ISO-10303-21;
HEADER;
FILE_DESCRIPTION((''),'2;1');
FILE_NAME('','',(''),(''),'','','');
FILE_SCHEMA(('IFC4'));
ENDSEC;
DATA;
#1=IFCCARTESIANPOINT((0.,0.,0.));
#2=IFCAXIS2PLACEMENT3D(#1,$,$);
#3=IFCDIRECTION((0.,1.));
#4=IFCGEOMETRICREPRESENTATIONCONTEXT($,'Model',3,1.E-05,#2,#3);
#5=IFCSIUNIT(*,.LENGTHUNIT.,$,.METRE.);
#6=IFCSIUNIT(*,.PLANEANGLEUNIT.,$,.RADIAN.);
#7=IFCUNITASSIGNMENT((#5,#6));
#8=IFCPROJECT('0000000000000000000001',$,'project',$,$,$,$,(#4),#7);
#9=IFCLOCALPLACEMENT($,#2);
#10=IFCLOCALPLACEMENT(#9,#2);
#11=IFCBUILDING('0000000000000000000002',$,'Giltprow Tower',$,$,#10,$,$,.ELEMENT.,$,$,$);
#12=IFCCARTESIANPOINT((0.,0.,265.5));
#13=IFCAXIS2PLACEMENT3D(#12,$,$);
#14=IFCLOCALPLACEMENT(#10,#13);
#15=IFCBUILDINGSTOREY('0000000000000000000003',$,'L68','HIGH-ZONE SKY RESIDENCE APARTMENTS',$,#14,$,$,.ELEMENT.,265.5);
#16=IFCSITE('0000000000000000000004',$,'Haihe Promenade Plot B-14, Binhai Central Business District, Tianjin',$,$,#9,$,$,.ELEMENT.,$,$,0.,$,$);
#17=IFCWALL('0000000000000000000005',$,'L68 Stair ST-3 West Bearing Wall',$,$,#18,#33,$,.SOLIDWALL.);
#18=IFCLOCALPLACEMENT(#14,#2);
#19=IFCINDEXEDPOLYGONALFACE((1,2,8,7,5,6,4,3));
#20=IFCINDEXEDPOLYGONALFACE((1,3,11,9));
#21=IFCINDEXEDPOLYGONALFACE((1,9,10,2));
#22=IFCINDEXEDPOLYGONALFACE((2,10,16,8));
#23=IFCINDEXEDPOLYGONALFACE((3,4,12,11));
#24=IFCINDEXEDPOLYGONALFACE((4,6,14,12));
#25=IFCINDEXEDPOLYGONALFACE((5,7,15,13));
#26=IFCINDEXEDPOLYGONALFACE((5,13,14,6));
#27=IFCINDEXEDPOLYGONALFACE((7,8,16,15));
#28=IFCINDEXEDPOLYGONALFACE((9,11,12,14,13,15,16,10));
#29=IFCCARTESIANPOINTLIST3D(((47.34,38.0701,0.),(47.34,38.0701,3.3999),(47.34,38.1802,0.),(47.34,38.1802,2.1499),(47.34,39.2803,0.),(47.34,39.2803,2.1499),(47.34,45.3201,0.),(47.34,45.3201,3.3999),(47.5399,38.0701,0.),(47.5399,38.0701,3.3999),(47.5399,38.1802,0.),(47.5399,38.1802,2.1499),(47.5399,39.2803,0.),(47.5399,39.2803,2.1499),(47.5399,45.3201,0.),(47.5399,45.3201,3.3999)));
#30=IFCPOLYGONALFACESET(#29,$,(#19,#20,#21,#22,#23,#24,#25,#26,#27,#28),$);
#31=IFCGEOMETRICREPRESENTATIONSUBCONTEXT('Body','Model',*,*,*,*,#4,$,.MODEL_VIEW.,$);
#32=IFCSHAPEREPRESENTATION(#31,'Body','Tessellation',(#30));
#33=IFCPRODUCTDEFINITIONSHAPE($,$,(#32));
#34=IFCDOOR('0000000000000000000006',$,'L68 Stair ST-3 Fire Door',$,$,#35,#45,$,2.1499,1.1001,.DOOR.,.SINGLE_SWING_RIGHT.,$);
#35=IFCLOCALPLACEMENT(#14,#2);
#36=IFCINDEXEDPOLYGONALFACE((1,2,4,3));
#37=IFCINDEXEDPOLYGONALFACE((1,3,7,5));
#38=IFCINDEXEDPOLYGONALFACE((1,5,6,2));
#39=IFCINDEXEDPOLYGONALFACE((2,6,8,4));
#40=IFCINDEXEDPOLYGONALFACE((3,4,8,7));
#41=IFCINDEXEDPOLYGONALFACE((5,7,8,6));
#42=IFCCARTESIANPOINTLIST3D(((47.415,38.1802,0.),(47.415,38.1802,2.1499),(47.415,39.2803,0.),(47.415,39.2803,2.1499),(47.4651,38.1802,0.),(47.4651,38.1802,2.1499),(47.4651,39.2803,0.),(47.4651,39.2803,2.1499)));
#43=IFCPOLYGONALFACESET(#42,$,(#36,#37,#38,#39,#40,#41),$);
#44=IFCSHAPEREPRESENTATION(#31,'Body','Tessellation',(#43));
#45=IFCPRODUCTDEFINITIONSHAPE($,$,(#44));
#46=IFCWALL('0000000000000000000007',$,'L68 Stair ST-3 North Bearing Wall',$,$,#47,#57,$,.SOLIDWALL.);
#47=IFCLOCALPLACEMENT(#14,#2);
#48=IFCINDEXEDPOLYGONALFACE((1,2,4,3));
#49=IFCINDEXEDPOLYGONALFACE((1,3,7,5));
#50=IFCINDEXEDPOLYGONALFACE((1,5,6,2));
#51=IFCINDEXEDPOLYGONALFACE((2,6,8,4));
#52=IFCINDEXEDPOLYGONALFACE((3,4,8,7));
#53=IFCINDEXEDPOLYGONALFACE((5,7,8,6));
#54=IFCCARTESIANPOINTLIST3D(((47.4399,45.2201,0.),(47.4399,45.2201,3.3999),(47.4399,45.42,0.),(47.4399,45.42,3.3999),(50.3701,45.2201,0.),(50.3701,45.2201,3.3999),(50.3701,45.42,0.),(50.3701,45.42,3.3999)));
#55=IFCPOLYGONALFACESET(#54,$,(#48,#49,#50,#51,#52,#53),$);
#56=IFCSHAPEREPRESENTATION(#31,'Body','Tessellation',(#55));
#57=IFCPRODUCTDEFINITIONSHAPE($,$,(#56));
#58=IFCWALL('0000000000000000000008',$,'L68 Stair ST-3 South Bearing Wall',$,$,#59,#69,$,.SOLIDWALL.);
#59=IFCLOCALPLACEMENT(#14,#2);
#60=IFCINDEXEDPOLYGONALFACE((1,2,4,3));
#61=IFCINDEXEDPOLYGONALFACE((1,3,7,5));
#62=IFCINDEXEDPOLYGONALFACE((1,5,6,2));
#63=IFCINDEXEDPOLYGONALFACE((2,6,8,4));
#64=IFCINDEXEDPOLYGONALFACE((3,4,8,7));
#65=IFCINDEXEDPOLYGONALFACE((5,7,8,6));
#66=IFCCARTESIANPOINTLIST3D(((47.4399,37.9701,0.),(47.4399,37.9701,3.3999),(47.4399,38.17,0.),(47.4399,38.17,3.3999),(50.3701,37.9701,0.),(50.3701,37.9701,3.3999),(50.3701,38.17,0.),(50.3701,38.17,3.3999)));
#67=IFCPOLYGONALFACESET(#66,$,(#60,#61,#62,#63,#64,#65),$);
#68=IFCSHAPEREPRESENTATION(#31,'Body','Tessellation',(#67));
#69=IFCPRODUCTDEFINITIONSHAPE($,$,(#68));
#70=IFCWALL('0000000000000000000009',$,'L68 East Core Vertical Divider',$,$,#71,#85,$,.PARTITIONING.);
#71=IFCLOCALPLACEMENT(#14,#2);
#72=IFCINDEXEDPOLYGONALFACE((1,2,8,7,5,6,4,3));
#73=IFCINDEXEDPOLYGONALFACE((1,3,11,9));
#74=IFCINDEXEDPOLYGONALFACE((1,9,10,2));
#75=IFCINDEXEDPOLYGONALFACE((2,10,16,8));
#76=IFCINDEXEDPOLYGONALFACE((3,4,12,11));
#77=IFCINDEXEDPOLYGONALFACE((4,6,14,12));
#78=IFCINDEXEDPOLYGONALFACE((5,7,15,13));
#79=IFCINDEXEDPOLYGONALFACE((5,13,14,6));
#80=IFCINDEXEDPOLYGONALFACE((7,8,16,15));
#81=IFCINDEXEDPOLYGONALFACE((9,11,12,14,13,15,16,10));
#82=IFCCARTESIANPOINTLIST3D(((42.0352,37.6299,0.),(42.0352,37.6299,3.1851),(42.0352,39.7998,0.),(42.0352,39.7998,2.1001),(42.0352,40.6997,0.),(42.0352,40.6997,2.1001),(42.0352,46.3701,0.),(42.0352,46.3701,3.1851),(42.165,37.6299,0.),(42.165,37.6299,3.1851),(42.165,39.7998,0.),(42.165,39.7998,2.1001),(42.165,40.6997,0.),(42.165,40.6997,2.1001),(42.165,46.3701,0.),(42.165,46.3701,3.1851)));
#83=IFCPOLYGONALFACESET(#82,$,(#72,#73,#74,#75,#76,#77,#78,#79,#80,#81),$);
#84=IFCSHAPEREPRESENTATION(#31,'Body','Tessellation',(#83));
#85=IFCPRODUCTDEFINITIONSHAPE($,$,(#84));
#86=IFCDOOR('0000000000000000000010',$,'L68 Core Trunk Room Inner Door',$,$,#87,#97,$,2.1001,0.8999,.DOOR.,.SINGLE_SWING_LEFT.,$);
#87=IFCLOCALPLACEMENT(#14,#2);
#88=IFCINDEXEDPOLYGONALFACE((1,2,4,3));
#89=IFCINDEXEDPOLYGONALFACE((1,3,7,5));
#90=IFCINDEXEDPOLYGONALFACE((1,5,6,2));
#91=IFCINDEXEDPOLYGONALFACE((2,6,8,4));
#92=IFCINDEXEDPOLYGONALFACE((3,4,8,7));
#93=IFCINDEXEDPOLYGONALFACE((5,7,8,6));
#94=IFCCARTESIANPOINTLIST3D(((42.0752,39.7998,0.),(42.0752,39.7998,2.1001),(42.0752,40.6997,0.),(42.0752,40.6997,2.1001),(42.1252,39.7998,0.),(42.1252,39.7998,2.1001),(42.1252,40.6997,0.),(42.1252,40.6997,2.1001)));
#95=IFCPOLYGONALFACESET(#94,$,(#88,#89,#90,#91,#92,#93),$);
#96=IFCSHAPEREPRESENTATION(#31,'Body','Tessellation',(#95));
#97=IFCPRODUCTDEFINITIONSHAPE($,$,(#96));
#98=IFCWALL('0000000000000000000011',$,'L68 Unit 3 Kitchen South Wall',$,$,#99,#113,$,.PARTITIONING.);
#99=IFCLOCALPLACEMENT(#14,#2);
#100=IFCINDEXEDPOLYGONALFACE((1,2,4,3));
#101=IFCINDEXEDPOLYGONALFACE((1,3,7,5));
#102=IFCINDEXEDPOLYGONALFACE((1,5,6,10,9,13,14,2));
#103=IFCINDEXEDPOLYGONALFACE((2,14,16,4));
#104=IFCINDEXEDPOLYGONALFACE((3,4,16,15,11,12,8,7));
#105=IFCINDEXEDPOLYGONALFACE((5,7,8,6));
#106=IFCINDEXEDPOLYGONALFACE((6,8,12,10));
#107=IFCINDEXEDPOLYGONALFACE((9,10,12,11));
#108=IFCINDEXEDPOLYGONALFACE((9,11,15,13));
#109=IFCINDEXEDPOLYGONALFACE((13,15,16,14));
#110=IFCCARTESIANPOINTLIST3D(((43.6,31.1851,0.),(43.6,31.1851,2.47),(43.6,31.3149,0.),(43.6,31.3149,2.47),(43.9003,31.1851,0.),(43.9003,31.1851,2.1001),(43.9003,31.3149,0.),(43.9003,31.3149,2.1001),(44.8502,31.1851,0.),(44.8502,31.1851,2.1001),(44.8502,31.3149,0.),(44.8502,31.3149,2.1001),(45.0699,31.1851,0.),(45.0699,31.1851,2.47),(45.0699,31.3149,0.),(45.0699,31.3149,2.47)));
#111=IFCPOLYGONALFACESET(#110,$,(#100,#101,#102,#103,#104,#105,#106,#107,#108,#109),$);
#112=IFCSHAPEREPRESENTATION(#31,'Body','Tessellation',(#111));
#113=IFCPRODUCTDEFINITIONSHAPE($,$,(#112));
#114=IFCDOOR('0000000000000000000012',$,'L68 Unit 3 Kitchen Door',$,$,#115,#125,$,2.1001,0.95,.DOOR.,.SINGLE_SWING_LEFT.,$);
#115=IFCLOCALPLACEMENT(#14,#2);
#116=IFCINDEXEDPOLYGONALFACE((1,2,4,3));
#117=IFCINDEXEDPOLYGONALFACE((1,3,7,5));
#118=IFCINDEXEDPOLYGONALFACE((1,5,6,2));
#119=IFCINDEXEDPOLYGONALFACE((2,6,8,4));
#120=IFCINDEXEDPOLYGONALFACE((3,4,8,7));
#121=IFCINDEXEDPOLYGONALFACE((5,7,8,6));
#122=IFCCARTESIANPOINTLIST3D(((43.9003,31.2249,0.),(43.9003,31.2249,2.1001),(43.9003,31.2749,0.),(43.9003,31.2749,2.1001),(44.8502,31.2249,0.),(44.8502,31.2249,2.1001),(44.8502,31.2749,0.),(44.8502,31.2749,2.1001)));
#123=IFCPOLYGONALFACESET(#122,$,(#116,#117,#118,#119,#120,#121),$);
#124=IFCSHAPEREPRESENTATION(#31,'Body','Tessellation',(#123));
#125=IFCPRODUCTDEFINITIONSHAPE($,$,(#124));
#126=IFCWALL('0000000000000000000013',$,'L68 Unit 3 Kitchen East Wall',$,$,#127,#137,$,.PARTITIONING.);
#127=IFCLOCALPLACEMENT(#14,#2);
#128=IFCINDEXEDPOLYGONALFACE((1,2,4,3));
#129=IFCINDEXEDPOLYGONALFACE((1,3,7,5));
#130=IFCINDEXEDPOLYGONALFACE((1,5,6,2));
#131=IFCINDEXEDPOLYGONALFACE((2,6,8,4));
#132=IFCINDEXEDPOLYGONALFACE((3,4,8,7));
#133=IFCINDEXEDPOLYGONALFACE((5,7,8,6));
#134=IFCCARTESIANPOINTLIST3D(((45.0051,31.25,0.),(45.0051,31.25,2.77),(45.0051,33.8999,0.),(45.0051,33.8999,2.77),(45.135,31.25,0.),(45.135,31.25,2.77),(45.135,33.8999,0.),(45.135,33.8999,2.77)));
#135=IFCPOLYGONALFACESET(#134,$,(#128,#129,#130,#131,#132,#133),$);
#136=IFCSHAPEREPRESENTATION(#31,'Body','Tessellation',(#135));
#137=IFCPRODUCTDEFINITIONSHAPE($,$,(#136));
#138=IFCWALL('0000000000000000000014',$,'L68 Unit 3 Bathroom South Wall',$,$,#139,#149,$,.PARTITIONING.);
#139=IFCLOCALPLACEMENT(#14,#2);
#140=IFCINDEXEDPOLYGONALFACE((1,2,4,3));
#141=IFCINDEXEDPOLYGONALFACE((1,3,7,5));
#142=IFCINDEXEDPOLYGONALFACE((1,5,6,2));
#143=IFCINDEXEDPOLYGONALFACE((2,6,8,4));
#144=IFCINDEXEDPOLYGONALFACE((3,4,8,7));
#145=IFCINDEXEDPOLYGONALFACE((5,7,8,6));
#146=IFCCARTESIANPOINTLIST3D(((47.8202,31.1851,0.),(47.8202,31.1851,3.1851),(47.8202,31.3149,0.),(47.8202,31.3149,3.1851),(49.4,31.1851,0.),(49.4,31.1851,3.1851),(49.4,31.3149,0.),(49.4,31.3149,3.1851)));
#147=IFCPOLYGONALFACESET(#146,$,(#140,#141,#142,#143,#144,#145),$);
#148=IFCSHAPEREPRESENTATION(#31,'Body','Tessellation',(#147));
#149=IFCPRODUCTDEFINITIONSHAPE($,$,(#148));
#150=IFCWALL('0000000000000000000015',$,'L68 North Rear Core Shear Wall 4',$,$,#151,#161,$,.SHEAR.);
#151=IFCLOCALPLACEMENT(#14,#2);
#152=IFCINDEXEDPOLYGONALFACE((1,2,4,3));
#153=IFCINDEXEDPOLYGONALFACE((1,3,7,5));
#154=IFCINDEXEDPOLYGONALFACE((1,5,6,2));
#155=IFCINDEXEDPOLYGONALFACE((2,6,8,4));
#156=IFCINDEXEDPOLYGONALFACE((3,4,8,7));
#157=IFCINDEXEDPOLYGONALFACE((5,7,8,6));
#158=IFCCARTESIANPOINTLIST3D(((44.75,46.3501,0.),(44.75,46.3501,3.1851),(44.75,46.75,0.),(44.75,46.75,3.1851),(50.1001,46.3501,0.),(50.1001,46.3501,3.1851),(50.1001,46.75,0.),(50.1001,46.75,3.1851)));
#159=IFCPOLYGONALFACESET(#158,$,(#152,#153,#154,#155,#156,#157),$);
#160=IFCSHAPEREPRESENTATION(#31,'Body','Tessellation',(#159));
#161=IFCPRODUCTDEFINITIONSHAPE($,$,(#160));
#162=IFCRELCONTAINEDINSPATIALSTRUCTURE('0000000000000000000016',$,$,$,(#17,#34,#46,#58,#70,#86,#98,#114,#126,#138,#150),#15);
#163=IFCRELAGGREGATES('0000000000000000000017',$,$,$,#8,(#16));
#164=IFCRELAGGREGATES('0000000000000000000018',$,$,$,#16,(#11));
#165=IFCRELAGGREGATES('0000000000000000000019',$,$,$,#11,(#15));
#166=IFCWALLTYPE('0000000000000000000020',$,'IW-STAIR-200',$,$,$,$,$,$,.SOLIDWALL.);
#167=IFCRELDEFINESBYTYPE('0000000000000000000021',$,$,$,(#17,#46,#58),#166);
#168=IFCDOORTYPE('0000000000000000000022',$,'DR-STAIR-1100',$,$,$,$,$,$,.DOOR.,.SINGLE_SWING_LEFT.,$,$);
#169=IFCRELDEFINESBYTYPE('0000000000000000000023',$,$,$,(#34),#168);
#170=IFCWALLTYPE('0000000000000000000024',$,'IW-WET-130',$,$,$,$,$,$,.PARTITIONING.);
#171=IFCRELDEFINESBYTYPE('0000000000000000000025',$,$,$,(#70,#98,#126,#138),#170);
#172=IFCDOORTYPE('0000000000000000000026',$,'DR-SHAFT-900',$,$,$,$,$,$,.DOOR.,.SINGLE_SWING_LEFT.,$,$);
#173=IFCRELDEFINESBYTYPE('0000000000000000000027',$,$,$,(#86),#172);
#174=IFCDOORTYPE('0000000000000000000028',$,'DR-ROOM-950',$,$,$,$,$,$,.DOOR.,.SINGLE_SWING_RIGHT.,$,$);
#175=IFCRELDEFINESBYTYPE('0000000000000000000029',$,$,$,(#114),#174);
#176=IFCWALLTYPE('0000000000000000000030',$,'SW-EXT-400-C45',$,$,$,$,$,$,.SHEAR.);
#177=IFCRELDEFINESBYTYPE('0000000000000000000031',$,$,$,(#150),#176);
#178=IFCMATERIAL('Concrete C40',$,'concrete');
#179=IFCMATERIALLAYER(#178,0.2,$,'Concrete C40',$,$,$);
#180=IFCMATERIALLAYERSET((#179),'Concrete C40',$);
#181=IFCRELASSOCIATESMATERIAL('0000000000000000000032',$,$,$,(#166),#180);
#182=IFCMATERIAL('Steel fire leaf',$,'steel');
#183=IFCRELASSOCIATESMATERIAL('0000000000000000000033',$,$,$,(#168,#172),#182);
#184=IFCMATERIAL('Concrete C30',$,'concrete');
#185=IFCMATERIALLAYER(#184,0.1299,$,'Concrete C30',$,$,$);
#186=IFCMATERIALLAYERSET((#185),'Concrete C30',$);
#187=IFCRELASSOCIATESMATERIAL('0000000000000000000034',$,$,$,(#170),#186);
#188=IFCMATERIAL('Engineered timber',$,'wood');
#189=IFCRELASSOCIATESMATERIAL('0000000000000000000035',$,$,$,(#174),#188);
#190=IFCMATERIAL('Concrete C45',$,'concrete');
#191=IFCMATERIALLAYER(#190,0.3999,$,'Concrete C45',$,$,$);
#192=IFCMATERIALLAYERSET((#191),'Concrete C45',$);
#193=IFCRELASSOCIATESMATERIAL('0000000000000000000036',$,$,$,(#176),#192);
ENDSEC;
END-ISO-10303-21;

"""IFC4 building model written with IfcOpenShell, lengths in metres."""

from ifc_helpers import new_model, si_unit, direction, frame, frame_2d, origin, place, context, subcontext, project, spatial, rectangle, extrude, source, transform, mapped, material, layer, layer_set, type_object, element, fill, save


model = new_model("IFC4")

# Units and contexts
model_context = context("Model", 3, precision=1e-05, world=origin(), true_north=direction((0.0, 1.0)))
body_context = subcontext(model_context, "Body", "Model", "MODEL_VIEW")
ifc_project = project(units=[si_unit("LENGTHUNIT", "METRE"), si_unit("PLANEANGLEUNIT", "RADIAN")], contexts=[model_context])

# Site, building, storey
site_placement = place(None, origin())
site = spatial("IfcSite", under=ifc_project, at=site_placement, Name="Haihe Promenade Plot B-14, Binhai Central Business District, Tianjin", CompositionType="ELEMENT", RefElevation=0.0)
building_placement = place(site_placement, origin())
building = spatial("IfcBuilding", under=site, at=building_placement, Name="Giltprow Tower", CompositionType="ELEMENT")
storey_placement = place(building_placement, frame((0.0, 0.0, 265.5)))
storey = spatial("IfcBuildingStorey", under=building, at=storey_placement, Name="L68", Description="HIGH-ZONE SKY RESIDENCE APARTMENTS", CompositionType="ELEMENT", Elevation=265.5)

# Shared definitions
ifc_material_1 = material(Name="Concrete C45", Category="concrete")

# Shared definitions
ifc_material_2 = material(Name="Concrete C40", Category="concrete")

# Wall, opening, door
ifc_layer_1 = layer(ifc_material_2, 0.2, Name="Concrete C40")
ifc_layer_set_1 = layer_set([ifc_layer_1], Name="Concrete C40")
wall_type_1 = type_object("IfcWallType", Name="IW-STAIR-200", PredefinedType="SOLIDWALL", material=ifc_layer_set_1)
wall_1_placement = place(storey_placement, frame((47.4399, 38.0701, 0.0), z_axis=(0.0, 0.0, 1.0), x_axis=(0.0, 1.0, 0.0)))
wall_1 = element("IfcWall", 1, at=wall_1_placement, inside=storey, type_object=wall_type_1, Name="L68 Stair ST-3 West Bearing Wall", PredefinedType="SOLIDWALL", context=body_context, shape_type="SweptSolid", body=[
    extrude(rectangle(XDim=7.25, YDim=0.2, at=frame_2d((3.625, 0.0))), origin(), (0.0, 0.0, 1.0), 3.3999),
])
opening_1_placement = place(wall_1_placement, frame((0.1101, 0.0, 0.0)))
opening_1 = element("IfcOpeningElement", 2, at=opening_1_placement, cuts=wall_1, PredefinedType="OPENING", context=body_context, shape_type="SweptSolid", body=[
    extrude(rectangle(XDim=1.1001, YDim=2.1499, at=frame_2d((0.55, 1.075))), frame((0.0, 0.1099, 0.0), z_axis=(0.0, -1.0, 0.0), x_axis=(1.0, 0.0, 0.0)), (0.0, 0.0, 1.0), 0.22),
])
ifc_material_3 = material(Name="Steel fire leaf", Category="steel")
door_type_1 = type_object("IfcDoorType", Name="DR-STAIR-1100", OperationType="SINGLE_SWING_LEFT", PredefinedType="DOOR", material=ifc_material_3)
shared_shape_1 = source(origin(), body_context, "Body", "SweptSolid", [
    extrude(rectangle(XDim=1.1001, YDim=2.1499, at=frame_2d((0.55, 1.075))), frame((0.0, 0.0249, 0.0), z_axis=(0.0, -1.0, 0.0), x_axis=(1.0, 0.0, 0.0)), (0.0, 0.0, 1.0), 0.05),
])
door_1_placement = place(opening_1_placement, origin())
door_1 = element("IfcDoor", 3, at=door_1_placement, inside=storey, type_object=door_type_1, Name="L68 Stair ST-3 Fire Door", OperationType="SINGLE_SWING_RIGHT", OverallHeight=2.1499, OverallWidth=1.1001, PredefinedType="DOOR", context=body_context, shape_type="MappedRepresentation", body=[
    mapped(shared_shape_1, transform((0.0, 0.0, 0.0), x_axis=(1.0, 0.0, 0.0), y_axis=(0.0, 1.0, 0.0), z_axis=(0.0, 0.0, 1.0), scale=1.0)),
])
fill(opening_1, door_1)

# Walls
for number, where, z_axis, x_axis, name in (
    (4, (47.4399, 45.3201, 0.0), (0.0, 0.0, 1.0), (1.0, 0.0, 0.0), "L68 Stair ST-3 North Bearing Wall"),
    (5, (47.4399, 38.0701, 0.0), (0.0, 0.0, 1.0), (1.0, 0.0, 0.0), "L68 Stair ST-3 South Bearing Wall"),
):
    element("IfcWall", number, at=place(storey_placement, frame(where, z_axis=z_axis, x_axis=x_axis)), inside=storey, type_object=wall_type_1, Name=name, PredefinedType="SOLIDWALL", context=body_context, shape_type="SweptSolid", body=[
        extrude(rectangle(XDim=2.9302, YDim=0.2, at=frame_2d((1.4651, 0.0))), origin(), (0.0, 0.0, 1.0), 3.3999),
    ])

# Walls, openings, doors
ifc_material_4 = material(Name="Concrete C30", Category="concrete")
ifc_layer_2 = layer(ifc_material_4, 0.1299, Name="Concrete C30")
ifc_layer_set_2 = layer_set([ifc_layer_2], Name="Concrete C30")
wall_type_2 = type_object("IfcWallType", Name="IW-WET-130", PredefinedType="PARTITIONING", material=ifc_layer_set_2)
wall_2_placement = place(storey_placement, frame((42.1001, 37.6299, 0.0), z_axis=(0.0, 0.0, 1.0), x_axis=(0.0, 1.0, 0.0)))
wall_2 = element("IfcWall", 6, at=wall_2_placement, inside=storey, type_object=wall_type_2, Name="L68 East Core Vertical Divider", PredefinedType="PARTITIONING", context=body_context, shape_type="SweptSolid", body=[
    extrude(rectangle(XDim=8.7402, YDim=0.1299, at=frame_2d((4.3701, 0.0))), origin(), (0.0, 0.0, 1.0), 3.1851),
])
opening_2_placement = place(wall_2_placement, frame((2.1699, 0.0, 0.0)))
opening_2 = element("IfcOpeningElement", 7, at=opening_2_placement, cuts=wall_2, PredefinedType="OPENING", context=body_context, shape_type="SweptSolid", body=[
    extrude(rectangle(XDim=0.8999, YDim=2.1001, at=frame_2d((0.45, 1.05))), frame((0.0, 0.075, 0.0), z_axis=(0.0, -1.0, 0.0), x_axis=(1.0, 0.0, 0.0)), (0.0, 0.0, 1.0), 0.1499),
])
door_type_2 = type_object("IfcDoorType", Name="DR-SHAFT-900", OperationType="SINGLE_SWING_LEFT", PredefinedType="DOOR", material=ifc_material_3)
shared_shape_2 = source(origin(), body_context, "Body", "SweptSolid", [
    extrude(rectangle(XDim=0.8999, YDim=2.1001, at=frame_2d((0.45, 1.05))), frame((0.0, 0.0249, 0.0), z_axis=(0.0, -1.0, 0.0), x_axis=(1.0, 0.0, 0.0)), (0.0, 0.0, 1.0), 0.05),
])
door_2_placement = place(opening_2_placement, origin())
door_2 = element("IfcDoor", 8, at=door_2_placement, inside=storey, type_object=door_type_2, Name="L68 Core Trunk Room Inner Door", OperationType="SINGLE_SWING_LEFT", OverallHeight=2.1001, OverallWidth=0.8999, PredefinedType="DOOR", context=body_context, shape_type="MappedRepresentation", body=[
    mapped(shared_shape_2, transform((0.0, 0.0, 0.0), x_axis=(1.0, 0.0, 0.0), y_axis=(0.0, 1.0, 0.0), z_axis=(0.0, 0.0, 1.0), scale=1.0)),
])
fill(opening_2, door_2)
wall_3_placement = place(storey_placement, frame((43.6001, 31.25, 0.0), z_axis=(0.0, 0.0, 1.0), x_axis=(1.0, 0.0, 0.0)))
wall_3 = element("IfcWall", 9, at=wall_3_placement, inside=storey, type_object=wall_type_2, Name="L68 Unit 3 Kitchen South Wall", PredefinedType="PARTITIONING", context=body_context, shape_type="SweptSolid", body=[
    extrude(rectangle(XDim=1.47, YDim=0.1299, at=frame_2d((0.7349, 0.0))), origin(), (0.0, 0.0, 1.0), 2.47),
])
opening_3_placement = place(wall_3_placement, frame((0.3, 0.0, 0.0)))
opening_3 = element("IfcOpeningElement", 10, at=opening_3_placement, cuts=wall_3, PredefinedType="OPENING", context=body_context, shape_type="SweptSolid", body=[
    extrude(rectangle(XDim=0.95, YDim=2.1001, at=frame_2d((0.4751, 1.05))), frame((0.0, 0.075, 0.0), z_axis=(0.0, -1.0, 0.0), x_axis=(1.0, 0.0, 0.0)), (0.0, 0.0, 1.0), 0.1499),
])
ifc_material_5 = material(Name="Engineered timber", Category="wood")
door_type_3 = type_object("IfcDoorType", Name="DR-ROOM-950", OperationType="SINGLE_SWING_RIGHT", PredefinedType="DOOR", material=ifc_material_5)
shared_shape_3 = source(origin(), body_context, "Body", "SweptSolid", [
    extrude(rectangle(XDim=0.95, YDim=2.1001, at=frame_2d((0.4751, 1.05))), frame((0.0, 0.0249, 0.0), z_axis=(0.0, -1.0, 0.0), x_axis=(1.0, 0.0, 0.0)), (0.0, 0.0, 1.0), 0.05),
])
door_3_placement = place(opening_3_placement, origin())
door_3 = element("IfcDoor", 11, at=door_3_placement, inside=storey, type_object=door_type_3, Name="L68 Unit 3 Kitchen Door", OperationType="SINGLE_SWING_LEFT", OverallHeight=2.1001, OverallWidth=0.95, PredefinedType="DOOR", context=body_context, shape_type="MappedRepresentation", body=[
    mapped(shared_shape_3, transform((0.0, 0.0, 0.0), x_axis=(1.0, 0.0, 0.0), y_axis=(0.0, 1.0, 0.0), z_axis=(0.0, 0.0, 1.0), scale=1.0)),
])
fill(opening_3, door_3)

# Walls
wall_4_placement = place(storey_placement, frame((45.0701, 31.25, 0.0), z_axis=(0.0, 0.0, 1.0), x_axis=(0.0, 1.0, 0.0)))
element("IfcWall", 12, at=wall_4_placement, inside=storey, type_object=wall_type_2, Name="L68 Unit 3 Kitchen East Wall", PredefinedType="PARTITIONING", context=body_context, shape_type="SweptSolid", body=[
    extrude(rectangle(XDim=2.6499, YDim=0.1299, at=frame_2d((1.325, 0.0))), origin(), (0.0, 0.0, 1.0), 2.77),
])
wall_5_placement = place(storey_placement, frame((47.8201, 31.25, 0.0), z_axis=(0.0, 0.0, 1.0), x_axis=(1.0, 0.0, 0.0)))
element("IfcWall", 13, at=wall_5_placement, inside=storey, type_object=wall_type_2, Name="L68 Unit 3 Bathroom South Wall", PredefinedType="PARTITIONING", context=body_context, shape_type="SweptSolid", body=[
    extrude(rectangle(XDim=1.5798, YDim=0.1299, at=frame_2d((0.79, 0.0))), origin(), (0.0, 0.0, 1.0), 3.1851),
])
ifc_layer_3 = layer(ifc_material_1, 0.3999, Name="Concrete C45")
ifc_layer_set_3 = layer_set([ifc_layer_3], Name="Concrete C45")
wall_type_3 = type_object("IfcWallType", Name="SW-EXT-400-C45", PredefinedType="SHEAR", material=ifc_layer_set_3)
wall_6_placement = place(storey_placement, frame((44.75, 46.55, 0.0), z_axis=(0.0, 0.0, 1.0), x_axis=(1.0, 0.0, 0.0)))
element("IfcWall", 14, at=wall_6_placement, inside=storey, type_object=wall_type_3, Name="L68 North Rear Core Shear Wall 4", PredefinedType="SHEAR", context=body_context, shape_type="SweptSolid", body=[
    extrude(rectangle(XDim=5.3501, YDim=0.3999, at=frame_2d((2.675, 0.0))), origin(), (0.0, 0.0, 1.0), 3.1851),
])

save(model, "model.ifc")
